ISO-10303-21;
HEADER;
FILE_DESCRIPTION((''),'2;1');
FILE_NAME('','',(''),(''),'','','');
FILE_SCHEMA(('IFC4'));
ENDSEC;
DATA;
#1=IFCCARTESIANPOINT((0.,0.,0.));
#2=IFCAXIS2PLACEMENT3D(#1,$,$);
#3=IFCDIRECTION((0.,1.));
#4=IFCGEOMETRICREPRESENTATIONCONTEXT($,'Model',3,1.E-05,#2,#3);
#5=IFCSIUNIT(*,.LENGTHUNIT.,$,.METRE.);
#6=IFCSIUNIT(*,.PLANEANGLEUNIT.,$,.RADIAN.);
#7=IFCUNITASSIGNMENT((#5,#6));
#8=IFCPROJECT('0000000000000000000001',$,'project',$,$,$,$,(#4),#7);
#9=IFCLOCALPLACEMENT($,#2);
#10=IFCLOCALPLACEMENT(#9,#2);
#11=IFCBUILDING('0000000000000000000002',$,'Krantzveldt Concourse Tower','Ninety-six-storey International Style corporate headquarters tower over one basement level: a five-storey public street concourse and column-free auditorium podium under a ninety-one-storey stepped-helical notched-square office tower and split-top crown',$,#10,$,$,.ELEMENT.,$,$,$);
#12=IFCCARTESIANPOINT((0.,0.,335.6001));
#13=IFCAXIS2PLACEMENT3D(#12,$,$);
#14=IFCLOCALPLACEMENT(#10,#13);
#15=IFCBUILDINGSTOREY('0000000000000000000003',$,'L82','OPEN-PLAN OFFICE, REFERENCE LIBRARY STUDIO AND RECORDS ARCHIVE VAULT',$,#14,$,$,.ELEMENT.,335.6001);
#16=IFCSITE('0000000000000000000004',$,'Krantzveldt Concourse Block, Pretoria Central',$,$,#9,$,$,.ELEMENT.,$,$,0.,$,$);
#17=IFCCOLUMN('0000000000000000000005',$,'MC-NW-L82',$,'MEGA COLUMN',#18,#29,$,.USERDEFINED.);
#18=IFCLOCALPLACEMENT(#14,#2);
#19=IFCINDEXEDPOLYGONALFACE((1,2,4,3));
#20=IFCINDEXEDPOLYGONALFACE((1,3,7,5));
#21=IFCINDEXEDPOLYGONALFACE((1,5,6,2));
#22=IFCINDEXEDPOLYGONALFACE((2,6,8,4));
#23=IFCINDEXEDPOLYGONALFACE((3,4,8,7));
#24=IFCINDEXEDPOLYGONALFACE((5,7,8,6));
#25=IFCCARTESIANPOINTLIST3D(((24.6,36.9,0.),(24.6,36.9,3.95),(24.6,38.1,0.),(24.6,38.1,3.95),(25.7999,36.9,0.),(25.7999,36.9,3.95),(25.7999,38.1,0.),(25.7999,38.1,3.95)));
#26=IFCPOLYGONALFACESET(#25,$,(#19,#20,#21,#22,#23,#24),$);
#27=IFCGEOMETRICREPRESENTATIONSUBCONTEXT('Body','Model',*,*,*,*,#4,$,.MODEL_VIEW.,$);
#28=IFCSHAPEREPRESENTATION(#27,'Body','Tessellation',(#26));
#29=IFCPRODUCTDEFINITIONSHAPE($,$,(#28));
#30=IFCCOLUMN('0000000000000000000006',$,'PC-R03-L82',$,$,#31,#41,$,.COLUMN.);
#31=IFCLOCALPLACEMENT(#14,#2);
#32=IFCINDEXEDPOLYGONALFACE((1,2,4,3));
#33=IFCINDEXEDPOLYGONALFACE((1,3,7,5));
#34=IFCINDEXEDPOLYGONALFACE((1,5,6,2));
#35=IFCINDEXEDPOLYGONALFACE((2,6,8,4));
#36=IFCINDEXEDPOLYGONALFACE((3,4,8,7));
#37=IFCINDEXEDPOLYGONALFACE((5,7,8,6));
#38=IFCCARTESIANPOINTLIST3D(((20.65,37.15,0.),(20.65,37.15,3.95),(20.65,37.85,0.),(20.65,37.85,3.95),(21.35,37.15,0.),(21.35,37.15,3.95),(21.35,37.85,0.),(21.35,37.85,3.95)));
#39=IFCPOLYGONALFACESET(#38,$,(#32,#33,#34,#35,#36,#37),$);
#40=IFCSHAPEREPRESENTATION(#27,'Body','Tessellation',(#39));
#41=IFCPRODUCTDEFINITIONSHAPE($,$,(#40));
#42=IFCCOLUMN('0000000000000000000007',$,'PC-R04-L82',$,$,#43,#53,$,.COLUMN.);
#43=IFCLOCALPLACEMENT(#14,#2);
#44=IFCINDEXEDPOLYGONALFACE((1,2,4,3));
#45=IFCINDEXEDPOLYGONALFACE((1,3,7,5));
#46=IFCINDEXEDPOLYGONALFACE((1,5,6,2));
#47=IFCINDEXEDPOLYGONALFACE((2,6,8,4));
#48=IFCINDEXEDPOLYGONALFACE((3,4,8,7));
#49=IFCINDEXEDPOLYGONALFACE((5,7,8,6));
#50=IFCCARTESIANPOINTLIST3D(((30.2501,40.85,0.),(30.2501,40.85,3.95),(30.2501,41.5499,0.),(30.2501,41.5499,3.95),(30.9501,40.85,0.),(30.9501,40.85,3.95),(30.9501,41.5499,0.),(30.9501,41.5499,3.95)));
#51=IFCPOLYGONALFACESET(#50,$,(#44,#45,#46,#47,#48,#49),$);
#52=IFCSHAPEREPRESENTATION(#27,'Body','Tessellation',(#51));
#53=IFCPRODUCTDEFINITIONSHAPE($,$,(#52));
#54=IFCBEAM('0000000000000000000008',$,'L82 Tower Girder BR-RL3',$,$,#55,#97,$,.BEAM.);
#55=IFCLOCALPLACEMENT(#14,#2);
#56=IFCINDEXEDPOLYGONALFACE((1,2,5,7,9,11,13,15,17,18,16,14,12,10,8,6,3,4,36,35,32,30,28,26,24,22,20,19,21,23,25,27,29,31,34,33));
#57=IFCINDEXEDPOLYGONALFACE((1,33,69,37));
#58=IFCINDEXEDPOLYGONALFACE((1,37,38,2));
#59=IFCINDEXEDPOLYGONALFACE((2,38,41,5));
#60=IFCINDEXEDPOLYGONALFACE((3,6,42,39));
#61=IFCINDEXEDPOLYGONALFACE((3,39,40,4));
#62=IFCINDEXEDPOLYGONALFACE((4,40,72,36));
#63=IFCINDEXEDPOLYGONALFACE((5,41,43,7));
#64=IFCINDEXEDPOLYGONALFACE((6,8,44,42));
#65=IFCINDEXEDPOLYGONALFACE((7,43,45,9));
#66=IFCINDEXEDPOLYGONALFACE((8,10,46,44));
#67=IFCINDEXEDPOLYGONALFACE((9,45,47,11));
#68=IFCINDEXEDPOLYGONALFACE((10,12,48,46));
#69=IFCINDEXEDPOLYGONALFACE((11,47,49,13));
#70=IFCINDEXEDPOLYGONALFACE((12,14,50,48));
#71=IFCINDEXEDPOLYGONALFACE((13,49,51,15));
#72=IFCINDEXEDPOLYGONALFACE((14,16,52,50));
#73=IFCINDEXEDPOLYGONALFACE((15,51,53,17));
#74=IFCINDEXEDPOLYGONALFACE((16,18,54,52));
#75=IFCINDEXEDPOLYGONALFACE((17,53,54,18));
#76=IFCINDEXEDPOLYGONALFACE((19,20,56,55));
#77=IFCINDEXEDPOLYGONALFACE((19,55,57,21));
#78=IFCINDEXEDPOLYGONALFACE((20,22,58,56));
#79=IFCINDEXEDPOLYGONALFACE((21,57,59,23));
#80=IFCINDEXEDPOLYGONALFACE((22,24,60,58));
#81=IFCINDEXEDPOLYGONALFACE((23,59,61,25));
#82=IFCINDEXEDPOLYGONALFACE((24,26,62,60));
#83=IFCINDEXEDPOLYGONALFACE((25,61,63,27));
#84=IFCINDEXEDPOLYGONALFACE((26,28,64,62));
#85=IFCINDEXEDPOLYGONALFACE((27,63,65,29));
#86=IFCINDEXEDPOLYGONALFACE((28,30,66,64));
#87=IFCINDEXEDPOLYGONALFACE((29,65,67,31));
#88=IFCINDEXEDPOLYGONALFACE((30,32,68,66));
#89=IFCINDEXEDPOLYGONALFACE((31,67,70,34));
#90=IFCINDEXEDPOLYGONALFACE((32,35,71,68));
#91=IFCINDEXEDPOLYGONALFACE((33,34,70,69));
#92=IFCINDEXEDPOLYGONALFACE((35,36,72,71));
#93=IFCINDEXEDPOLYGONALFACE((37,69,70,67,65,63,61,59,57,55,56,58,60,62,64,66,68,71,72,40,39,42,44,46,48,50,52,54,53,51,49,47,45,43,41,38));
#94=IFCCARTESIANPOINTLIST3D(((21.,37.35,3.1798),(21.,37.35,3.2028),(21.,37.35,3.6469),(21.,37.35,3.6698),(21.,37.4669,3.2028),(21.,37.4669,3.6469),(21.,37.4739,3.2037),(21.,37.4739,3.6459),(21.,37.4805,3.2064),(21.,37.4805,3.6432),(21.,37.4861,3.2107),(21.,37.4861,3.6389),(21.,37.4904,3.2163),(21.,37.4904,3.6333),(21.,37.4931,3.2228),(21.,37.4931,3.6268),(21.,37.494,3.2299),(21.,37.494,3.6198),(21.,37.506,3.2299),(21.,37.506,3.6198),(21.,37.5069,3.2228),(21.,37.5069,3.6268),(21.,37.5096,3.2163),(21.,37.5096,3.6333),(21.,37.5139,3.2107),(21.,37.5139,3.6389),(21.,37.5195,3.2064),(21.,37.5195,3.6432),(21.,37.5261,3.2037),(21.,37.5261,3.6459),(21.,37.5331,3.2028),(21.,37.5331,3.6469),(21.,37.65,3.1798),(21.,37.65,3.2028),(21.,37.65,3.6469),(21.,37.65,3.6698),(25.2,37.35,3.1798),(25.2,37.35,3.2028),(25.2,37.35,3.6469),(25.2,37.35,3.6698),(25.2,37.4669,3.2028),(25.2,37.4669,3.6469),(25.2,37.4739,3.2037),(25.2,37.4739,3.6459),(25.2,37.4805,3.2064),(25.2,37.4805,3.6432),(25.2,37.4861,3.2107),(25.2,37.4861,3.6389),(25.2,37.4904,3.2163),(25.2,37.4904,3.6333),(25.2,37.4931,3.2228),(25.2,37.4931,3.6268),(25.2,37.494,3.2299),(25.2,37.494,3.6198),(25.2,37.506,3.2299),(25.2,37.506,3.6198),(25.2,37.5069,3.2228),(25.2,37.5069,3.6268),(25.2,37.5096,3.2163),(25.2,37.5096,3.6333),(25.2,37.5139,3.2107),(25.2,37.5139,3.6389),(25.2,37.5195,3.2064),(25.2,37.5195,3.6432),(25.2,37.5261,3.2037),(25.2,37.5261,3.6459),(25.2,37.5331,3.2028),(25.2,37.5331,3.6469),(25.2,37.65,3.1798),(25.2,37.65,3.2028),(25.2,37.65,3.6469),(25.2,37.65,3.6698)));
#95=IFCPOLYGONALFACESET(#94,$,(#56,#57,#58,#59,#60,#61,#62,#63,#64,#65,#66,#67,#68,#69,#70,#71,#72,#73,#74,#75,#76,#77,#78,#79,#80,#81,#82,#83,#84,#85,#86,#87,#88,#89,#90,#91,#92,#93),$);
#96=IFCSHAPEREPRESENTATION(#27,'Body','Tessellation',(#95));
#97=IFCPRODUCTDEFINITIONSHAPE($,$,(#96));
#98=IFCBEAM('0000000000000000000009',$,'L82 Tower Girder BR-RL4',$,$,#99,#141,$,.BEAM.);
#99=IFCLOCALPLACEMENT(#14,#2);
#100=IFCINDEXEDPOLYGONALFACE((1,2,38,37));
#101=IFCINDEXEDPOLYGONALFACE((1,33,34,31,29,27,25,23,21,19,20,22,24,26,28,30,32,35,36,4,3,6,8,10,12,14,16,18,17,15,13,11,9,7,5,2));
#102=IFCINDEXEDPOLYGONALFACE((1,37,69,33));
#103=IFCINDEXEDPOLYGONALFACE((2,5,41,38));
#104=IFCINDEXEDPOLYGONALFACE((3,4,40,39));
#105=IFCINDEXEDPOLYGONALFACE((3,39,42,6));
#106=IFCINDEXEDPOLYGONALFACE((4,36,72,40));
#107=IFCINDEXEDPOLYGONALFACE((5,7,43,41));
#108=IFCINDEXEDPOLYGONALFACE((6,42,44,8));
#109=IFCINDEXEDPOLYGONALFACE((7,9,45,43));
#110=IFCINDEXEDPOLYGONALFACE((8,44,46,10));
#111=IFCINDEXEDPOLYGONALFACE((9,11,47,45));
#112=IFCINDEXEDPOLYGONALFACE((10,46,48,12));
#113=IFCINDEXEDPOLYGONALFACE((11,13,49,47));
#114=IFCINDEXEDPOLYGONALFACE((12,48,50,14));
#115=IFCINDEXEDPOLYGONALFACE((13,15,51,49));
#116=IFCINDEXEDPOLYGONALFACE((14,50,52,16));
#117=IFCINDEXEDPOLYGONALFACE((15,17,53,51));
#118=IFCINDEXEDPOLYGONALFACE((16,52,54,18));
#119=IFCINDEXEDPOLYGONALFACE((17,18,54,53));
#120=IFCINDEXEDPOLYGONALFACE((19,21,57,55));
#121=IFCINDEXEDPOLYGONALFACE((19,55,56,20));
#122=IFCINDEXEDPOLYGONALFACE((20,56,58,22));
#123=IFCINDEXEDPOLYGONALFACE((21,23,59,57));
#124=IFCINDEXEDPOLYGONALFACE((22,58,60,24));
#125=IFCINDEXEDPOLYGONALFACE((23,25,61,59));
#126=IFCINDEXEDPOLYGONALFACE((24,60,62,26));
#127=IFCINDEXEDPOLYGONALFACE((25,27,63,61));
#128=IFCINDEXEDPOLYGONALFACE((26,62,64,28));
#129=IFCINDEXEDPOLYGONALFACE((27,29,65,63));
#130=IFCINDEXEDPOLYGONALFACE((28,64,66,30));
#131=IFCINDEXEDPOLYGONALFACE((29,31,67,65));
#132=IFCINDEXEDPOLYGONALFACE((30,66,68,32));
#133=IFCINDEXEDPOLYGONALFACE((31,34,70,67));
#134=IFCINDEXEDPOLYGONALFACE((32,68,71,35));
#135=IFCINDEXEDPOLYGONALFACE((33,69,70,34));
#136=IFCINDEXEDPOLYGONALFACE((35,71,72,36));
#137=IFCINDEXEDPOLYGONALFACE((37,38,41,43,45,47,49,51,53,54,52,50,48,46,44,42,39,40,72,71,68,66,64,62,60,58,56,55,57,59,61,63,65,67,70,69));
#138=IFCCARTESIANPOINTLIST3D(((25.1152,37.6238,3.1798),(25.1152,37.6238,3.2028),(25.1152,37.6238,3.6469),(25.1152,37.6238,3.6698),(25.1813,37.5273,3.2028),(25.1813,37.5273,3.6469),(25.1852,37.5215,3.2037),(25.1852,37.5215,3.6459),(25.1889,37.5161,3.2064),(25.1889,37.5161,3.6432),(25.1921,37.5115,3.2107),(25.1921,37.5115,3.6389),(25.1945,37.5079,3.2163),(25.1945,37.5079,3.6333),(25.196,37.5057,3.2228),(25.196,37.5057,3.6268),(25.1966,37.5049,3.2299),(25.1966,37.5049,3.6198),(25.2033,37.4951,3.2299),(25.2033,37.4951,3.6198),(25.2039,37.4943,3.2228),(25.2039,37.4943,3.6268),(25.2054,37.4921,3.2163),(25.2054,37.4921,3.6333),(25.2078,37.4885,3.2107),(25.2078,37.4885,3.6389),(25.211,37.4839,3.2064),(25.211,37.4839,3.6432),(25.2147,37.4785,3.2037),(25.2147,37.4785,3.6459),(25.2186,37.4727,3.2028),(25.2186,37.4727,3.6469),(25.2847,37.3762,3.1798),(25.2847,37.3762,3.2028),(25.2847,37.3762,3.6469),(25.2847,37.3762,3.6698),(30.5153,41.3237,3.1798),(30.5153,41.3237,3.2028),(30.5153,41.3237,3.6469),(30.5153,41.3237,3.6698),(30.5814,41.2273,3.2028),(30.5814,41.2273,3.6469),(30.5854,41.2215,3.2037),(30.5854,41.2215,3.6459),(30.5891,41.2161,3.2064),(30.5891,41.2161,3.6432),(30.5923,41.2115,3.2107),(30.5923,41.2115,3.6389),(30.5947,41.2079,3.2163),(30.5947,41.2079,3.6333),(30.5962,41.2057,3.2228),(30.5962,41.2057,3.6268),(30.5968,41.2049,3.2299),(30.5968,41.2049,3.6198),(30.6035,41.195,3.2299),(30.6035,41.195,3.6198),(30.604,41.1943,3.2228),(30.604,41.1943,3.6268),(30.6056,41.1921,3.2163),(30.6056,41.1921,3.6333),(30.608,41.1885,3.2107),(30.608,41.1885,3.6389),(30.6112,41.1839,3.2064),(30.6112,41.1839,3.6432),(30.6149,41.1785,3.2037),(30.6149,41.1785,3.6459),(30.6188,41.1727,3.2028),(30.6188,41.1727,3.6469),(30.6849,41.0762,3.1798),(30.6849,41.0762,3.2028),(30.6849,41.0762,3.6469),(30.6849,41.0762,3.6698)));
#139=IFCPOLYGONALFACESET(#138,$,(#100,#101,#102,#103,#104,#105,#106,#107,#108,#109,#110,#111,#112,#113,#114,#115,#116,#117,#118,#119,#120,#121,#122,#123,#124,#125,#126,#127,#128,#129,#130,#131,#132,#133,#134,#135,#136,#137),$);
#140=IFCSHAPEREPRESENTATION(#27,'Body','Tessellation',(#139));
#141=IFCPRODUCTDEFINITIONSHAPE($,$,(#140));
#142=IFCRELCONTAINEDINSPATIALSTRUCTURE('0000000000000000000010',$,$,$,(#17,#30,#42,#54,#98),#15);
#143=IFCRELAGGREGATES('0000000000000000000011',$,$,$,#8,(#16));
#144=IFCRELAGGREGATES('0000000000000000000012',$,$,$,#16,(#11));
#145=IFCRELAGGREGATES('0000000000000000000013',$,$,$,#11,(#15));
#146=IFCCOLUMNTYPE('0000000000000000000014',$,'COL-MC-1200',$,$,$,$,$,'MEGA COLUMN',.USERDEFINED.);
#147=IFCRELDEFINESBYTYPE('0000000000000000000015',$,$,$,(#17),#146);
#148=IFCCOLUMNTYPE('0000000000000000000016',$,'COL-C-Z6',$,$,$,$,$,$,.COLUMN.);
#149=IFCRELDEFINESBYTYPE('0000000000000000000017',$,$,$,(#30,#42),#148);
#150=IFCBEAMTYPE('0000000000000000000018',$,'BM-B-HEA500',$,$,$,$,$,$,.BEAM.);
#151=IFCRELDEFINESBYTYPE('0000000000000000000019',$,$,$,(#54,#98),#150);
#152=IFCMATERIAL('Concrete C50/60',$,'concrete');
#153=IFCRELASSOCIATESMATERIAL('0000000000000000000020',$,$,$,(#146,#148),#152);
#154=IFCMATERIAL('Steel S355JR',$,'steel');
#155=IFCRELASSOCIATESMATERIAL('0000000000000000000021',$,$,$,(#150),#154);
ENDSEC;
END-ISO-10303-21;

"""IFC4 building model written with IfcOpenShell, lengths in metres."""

from ifc_helpers import new_model, si_unit, direction, frame, origin, origin_2d, place, context, subcontext, project, spatial, rectangle, i_section, extrude, source, transform, mapped, material, material_profile, profile_set, type_object, type_shapes, element, save


model = new_model("IFC4")

# Units and contexts
model_context = context("Model", 3, precision=1e-05, world=origin(), true_north=direction((0.0, 1.0)))
body_context = subcontext(model_context, "Body", "Model", "MODEL_VIEW")
ifc_project = project(units=[si_unit("LENGTHUNIT", "METRE"), si_unit("PLANEANGLEUNIT", "RADIAN")], contexts=[model_context])

# Site, building, storey
site_placement = place(None, origin())
site = spatial("IfcSite", under=ifc_project, at=site_placement, Name="Krantzveldt Concourse Block, Pretoria Central", CompositionType="ELEMENT", RefElevation=0.0)
building_placement = place(site_placement, origin())
building = spatial("IfcBuilding", under=site, at=building_placement, Name="Krantzveldt Concourse Tower", Description="Ninety-six-storey International Style corporate headquarters tower over one basement level: a five-storey public street concourse and column-free auditorium podium under a ninety-one-storey stepped-helical notched-square office tower and split-top crown", CompositionType="ELEMENT")
storey_placement = place(building_placement, frame((0.0, 0.0, 335.6001)))
storey = spatial("IfcBuildingStorey", under=building, at=storey_placement, Name="L82", Description="OPEN-PLAN OFFICE, REFERENCE LIBRARY STUDIO AND RECORDS ARCHIVE VAULT", CompositionType="ELEMENT", Elevation=335.6001)

# Columns
ifc_material_1 = material(Name="Concrete C50/60", Category="concrete")
ifc_material_profile_1 = material_profile(ifc_material_1, rectangle(XDim=1.2, YDim=1.2, at=origin_2d()), Name="Concrete C50/60", Category="concrete")
ifc_profile_set_1 = profile_set([ifc_material_profile_1], Name="Concrete C50/60 - RC 1200x1200")
column_type_1 = type_object("IfcColumnType", Name="COL-MC-1200", ElementType="MEGA COLUMN", PredefinedType="USERDEFINED", material=ifc_profile_set_1)
shared_shape_1 = source(origin(), body_context, "Body", "SweptSolid", [
    extrude(rectangle(XDim=1.2, YDim=1.2, at=origin_2d()), origin(), (0.0, 0.0, 1.0), 3.95),
])
type_shapes(column_type_1, [shared_shape_1])
column_placement = place(storey_placement, frame((25.2, 37.5, 0.0), z_axis=(0.0, 0.0, 1.0), x_axis=(1.0, 0.0, 0.0)))
element("IfcColumn", 1, at=column_placement, inside=storey, type_object=column_type_1, Name="MC-NW-L82", ObjectType="MEGA COLUMN", PredefinedType="USERDEFINED", context=body_context, shape_type="MappedRepresentation", body=[
    mapped(shared_shape_1, transform((0.0, 0.0, 0.0), x_axis=(1.0, 0.0, 0.0), y_axis=(0.0, 1.0, 0.0), z_axis=(0.0, 0.0, 1.0), scale=1.0)),
])
ifc_material_profile_2 = material_profile(ifc_material_1, rectangle(XDim=0.7, YDim=0.7, at=origin_2d()), Name="Concrete C50/60", Category="concrete")
ifc_profile_set_2 = profile_set([ifc_material_profile_2], Name="Concrete C50/60 - RC 700x700")
column_type_2 = type_object("IfcColumnType", Name="COL-C-Z6", PredefinedType="COLUMN", material=ifc_profile_set_2)
shared_shape_2 = source(origin(), body_context, "Body", "SweptSolid", [
    extrude(rectangle(XDim=0.7, YDim=0.7, at=origin_2d()), origin(), (0.0, 0.0, 1.0), 3.95),
])
type_shapes(column_type_2, [shared_shape_2])
for number, where, z_axis, x_axis, name in (
    (2, (21.0, 37.5, 0.0), (0.0, 0.0, 1.0), (1.0, 0.0, 0.0), "PC-R03-L82"),
    (3, (30.6001, 41.2, 0.0), (0.0, 0.0, 1.0), (1.0, 0.0, 0.0), "PC-R04-L82"),
):
    element("IfcColumn", number, at=place(storey_placement, frame(where, z_axis=z_axis, x_axis=x_axis)), inside=storey, type_object=column_type_2, Name=name, PredefinedType="COLUMN", context=body_context, shape_type="MappedRepresentation", body=[
        mapped(shared_shape_2, transform((0.0, 0.0, 0.0), x_axis=(1.0, 0.0, 0.0), y_axis=(0.0, 1.0, 0.0), z_axis=(0.0, 0.0, 1.0), scale=1.0)),
    ])

# Beams
ifc_material_2 = material(Name="Steel S355JR", Category="steel")
ifc_material_profile_3 = material_profile(ifc_material_2, i_section(OverallWidth=0.3, OverallDepth=0.49, WebThickness=0.012, FlangeThickness=0.0229, FilletRadius=0.0271, at=origin_2d()), Name="Steel S355JR", Category="steel")
ifc_profile_set_3 = profile_set([ifc_material_profile_3], Name="Steel S355JR - HEA 500")
beam_type_1 = type_object("IfcBeamType", Name="BM-B-HEA500", PredefinedType="BEAM", material=ifc_profile_set_3)
shared_shape_3 = source(origin(), body_context, "Body", "SweptSolid", [
    extrude(i_section(OverallWidth=0.3, OverallDepth=0.49, WebThickness=0.012, FlangeThickness=0.0229, FilletRadius=0.0271, at=origin_2d()), origin(), (0.0, 0.0, 1.0), 4.2),
])
beam_1_placement = place(storey_placement, frame((21.0, 37.5, 3.4248), z_axis=(1.0, 0.0, 0.0), x_axis=(0.0, 1.0, 0.0)))
element("IfcBeam", 4, at=beam_1_placement, inside=storey, type_object=beam_type_1, Name="L82 Tower Girder BR-RL3", PredefinedType="BEAM", context=body_context, shape_type="MappedRepresentation", body=[
    mapped(shared_shape_3, transform((0.0, 0.0, 0.0), x_axis=(1.0, 0.0, 0.0), y_axis=(0.0, 1.0, 0.0), z_axis=(0.0, 0.0, 1.0), scale=1.0)),
])
shared_shape_4 = source(origin(), body_context, "Body", "SweptSolid", [
    extrude(i_section(OverallWidth=0.3, OverallDepth=0.49, WebThickness=0.012, FlangeThickness=0.0229, FilletRadius=0.0271, at=origin_2d()), origin(), (0.0, 0.0, 1.0), 6.5461),
])
type_shapes(beam_type_1, [shared_shape_3, shared_shape_4])
beam_2_placement = place(storey_placement, frame((25.2, 37.5, 3.4248), z_axis=(0.824943, 0.565216, 0.0), x_axis=(-0.565216, 0.824943, 0.0)))
element("IfcBeam", 5, at=beam_2_placement, inside=storey, type_object=beam_type_1, Name="L82 Tower Girder BR-RL4", PredefinedType="BEAM", context=body_context, shape_type="MappedRepresentation", body=[
    mapped(shared_shape_4, transform((0.0, 0.0, 0.0), x_axis=(1.0, 0.0, 0.0), y_axis=(0.0, 1.0, 0.0), z_axis=(0.0, 0.0, 1.0), scale=1.0)),
])

save(model, "model.ifc")
